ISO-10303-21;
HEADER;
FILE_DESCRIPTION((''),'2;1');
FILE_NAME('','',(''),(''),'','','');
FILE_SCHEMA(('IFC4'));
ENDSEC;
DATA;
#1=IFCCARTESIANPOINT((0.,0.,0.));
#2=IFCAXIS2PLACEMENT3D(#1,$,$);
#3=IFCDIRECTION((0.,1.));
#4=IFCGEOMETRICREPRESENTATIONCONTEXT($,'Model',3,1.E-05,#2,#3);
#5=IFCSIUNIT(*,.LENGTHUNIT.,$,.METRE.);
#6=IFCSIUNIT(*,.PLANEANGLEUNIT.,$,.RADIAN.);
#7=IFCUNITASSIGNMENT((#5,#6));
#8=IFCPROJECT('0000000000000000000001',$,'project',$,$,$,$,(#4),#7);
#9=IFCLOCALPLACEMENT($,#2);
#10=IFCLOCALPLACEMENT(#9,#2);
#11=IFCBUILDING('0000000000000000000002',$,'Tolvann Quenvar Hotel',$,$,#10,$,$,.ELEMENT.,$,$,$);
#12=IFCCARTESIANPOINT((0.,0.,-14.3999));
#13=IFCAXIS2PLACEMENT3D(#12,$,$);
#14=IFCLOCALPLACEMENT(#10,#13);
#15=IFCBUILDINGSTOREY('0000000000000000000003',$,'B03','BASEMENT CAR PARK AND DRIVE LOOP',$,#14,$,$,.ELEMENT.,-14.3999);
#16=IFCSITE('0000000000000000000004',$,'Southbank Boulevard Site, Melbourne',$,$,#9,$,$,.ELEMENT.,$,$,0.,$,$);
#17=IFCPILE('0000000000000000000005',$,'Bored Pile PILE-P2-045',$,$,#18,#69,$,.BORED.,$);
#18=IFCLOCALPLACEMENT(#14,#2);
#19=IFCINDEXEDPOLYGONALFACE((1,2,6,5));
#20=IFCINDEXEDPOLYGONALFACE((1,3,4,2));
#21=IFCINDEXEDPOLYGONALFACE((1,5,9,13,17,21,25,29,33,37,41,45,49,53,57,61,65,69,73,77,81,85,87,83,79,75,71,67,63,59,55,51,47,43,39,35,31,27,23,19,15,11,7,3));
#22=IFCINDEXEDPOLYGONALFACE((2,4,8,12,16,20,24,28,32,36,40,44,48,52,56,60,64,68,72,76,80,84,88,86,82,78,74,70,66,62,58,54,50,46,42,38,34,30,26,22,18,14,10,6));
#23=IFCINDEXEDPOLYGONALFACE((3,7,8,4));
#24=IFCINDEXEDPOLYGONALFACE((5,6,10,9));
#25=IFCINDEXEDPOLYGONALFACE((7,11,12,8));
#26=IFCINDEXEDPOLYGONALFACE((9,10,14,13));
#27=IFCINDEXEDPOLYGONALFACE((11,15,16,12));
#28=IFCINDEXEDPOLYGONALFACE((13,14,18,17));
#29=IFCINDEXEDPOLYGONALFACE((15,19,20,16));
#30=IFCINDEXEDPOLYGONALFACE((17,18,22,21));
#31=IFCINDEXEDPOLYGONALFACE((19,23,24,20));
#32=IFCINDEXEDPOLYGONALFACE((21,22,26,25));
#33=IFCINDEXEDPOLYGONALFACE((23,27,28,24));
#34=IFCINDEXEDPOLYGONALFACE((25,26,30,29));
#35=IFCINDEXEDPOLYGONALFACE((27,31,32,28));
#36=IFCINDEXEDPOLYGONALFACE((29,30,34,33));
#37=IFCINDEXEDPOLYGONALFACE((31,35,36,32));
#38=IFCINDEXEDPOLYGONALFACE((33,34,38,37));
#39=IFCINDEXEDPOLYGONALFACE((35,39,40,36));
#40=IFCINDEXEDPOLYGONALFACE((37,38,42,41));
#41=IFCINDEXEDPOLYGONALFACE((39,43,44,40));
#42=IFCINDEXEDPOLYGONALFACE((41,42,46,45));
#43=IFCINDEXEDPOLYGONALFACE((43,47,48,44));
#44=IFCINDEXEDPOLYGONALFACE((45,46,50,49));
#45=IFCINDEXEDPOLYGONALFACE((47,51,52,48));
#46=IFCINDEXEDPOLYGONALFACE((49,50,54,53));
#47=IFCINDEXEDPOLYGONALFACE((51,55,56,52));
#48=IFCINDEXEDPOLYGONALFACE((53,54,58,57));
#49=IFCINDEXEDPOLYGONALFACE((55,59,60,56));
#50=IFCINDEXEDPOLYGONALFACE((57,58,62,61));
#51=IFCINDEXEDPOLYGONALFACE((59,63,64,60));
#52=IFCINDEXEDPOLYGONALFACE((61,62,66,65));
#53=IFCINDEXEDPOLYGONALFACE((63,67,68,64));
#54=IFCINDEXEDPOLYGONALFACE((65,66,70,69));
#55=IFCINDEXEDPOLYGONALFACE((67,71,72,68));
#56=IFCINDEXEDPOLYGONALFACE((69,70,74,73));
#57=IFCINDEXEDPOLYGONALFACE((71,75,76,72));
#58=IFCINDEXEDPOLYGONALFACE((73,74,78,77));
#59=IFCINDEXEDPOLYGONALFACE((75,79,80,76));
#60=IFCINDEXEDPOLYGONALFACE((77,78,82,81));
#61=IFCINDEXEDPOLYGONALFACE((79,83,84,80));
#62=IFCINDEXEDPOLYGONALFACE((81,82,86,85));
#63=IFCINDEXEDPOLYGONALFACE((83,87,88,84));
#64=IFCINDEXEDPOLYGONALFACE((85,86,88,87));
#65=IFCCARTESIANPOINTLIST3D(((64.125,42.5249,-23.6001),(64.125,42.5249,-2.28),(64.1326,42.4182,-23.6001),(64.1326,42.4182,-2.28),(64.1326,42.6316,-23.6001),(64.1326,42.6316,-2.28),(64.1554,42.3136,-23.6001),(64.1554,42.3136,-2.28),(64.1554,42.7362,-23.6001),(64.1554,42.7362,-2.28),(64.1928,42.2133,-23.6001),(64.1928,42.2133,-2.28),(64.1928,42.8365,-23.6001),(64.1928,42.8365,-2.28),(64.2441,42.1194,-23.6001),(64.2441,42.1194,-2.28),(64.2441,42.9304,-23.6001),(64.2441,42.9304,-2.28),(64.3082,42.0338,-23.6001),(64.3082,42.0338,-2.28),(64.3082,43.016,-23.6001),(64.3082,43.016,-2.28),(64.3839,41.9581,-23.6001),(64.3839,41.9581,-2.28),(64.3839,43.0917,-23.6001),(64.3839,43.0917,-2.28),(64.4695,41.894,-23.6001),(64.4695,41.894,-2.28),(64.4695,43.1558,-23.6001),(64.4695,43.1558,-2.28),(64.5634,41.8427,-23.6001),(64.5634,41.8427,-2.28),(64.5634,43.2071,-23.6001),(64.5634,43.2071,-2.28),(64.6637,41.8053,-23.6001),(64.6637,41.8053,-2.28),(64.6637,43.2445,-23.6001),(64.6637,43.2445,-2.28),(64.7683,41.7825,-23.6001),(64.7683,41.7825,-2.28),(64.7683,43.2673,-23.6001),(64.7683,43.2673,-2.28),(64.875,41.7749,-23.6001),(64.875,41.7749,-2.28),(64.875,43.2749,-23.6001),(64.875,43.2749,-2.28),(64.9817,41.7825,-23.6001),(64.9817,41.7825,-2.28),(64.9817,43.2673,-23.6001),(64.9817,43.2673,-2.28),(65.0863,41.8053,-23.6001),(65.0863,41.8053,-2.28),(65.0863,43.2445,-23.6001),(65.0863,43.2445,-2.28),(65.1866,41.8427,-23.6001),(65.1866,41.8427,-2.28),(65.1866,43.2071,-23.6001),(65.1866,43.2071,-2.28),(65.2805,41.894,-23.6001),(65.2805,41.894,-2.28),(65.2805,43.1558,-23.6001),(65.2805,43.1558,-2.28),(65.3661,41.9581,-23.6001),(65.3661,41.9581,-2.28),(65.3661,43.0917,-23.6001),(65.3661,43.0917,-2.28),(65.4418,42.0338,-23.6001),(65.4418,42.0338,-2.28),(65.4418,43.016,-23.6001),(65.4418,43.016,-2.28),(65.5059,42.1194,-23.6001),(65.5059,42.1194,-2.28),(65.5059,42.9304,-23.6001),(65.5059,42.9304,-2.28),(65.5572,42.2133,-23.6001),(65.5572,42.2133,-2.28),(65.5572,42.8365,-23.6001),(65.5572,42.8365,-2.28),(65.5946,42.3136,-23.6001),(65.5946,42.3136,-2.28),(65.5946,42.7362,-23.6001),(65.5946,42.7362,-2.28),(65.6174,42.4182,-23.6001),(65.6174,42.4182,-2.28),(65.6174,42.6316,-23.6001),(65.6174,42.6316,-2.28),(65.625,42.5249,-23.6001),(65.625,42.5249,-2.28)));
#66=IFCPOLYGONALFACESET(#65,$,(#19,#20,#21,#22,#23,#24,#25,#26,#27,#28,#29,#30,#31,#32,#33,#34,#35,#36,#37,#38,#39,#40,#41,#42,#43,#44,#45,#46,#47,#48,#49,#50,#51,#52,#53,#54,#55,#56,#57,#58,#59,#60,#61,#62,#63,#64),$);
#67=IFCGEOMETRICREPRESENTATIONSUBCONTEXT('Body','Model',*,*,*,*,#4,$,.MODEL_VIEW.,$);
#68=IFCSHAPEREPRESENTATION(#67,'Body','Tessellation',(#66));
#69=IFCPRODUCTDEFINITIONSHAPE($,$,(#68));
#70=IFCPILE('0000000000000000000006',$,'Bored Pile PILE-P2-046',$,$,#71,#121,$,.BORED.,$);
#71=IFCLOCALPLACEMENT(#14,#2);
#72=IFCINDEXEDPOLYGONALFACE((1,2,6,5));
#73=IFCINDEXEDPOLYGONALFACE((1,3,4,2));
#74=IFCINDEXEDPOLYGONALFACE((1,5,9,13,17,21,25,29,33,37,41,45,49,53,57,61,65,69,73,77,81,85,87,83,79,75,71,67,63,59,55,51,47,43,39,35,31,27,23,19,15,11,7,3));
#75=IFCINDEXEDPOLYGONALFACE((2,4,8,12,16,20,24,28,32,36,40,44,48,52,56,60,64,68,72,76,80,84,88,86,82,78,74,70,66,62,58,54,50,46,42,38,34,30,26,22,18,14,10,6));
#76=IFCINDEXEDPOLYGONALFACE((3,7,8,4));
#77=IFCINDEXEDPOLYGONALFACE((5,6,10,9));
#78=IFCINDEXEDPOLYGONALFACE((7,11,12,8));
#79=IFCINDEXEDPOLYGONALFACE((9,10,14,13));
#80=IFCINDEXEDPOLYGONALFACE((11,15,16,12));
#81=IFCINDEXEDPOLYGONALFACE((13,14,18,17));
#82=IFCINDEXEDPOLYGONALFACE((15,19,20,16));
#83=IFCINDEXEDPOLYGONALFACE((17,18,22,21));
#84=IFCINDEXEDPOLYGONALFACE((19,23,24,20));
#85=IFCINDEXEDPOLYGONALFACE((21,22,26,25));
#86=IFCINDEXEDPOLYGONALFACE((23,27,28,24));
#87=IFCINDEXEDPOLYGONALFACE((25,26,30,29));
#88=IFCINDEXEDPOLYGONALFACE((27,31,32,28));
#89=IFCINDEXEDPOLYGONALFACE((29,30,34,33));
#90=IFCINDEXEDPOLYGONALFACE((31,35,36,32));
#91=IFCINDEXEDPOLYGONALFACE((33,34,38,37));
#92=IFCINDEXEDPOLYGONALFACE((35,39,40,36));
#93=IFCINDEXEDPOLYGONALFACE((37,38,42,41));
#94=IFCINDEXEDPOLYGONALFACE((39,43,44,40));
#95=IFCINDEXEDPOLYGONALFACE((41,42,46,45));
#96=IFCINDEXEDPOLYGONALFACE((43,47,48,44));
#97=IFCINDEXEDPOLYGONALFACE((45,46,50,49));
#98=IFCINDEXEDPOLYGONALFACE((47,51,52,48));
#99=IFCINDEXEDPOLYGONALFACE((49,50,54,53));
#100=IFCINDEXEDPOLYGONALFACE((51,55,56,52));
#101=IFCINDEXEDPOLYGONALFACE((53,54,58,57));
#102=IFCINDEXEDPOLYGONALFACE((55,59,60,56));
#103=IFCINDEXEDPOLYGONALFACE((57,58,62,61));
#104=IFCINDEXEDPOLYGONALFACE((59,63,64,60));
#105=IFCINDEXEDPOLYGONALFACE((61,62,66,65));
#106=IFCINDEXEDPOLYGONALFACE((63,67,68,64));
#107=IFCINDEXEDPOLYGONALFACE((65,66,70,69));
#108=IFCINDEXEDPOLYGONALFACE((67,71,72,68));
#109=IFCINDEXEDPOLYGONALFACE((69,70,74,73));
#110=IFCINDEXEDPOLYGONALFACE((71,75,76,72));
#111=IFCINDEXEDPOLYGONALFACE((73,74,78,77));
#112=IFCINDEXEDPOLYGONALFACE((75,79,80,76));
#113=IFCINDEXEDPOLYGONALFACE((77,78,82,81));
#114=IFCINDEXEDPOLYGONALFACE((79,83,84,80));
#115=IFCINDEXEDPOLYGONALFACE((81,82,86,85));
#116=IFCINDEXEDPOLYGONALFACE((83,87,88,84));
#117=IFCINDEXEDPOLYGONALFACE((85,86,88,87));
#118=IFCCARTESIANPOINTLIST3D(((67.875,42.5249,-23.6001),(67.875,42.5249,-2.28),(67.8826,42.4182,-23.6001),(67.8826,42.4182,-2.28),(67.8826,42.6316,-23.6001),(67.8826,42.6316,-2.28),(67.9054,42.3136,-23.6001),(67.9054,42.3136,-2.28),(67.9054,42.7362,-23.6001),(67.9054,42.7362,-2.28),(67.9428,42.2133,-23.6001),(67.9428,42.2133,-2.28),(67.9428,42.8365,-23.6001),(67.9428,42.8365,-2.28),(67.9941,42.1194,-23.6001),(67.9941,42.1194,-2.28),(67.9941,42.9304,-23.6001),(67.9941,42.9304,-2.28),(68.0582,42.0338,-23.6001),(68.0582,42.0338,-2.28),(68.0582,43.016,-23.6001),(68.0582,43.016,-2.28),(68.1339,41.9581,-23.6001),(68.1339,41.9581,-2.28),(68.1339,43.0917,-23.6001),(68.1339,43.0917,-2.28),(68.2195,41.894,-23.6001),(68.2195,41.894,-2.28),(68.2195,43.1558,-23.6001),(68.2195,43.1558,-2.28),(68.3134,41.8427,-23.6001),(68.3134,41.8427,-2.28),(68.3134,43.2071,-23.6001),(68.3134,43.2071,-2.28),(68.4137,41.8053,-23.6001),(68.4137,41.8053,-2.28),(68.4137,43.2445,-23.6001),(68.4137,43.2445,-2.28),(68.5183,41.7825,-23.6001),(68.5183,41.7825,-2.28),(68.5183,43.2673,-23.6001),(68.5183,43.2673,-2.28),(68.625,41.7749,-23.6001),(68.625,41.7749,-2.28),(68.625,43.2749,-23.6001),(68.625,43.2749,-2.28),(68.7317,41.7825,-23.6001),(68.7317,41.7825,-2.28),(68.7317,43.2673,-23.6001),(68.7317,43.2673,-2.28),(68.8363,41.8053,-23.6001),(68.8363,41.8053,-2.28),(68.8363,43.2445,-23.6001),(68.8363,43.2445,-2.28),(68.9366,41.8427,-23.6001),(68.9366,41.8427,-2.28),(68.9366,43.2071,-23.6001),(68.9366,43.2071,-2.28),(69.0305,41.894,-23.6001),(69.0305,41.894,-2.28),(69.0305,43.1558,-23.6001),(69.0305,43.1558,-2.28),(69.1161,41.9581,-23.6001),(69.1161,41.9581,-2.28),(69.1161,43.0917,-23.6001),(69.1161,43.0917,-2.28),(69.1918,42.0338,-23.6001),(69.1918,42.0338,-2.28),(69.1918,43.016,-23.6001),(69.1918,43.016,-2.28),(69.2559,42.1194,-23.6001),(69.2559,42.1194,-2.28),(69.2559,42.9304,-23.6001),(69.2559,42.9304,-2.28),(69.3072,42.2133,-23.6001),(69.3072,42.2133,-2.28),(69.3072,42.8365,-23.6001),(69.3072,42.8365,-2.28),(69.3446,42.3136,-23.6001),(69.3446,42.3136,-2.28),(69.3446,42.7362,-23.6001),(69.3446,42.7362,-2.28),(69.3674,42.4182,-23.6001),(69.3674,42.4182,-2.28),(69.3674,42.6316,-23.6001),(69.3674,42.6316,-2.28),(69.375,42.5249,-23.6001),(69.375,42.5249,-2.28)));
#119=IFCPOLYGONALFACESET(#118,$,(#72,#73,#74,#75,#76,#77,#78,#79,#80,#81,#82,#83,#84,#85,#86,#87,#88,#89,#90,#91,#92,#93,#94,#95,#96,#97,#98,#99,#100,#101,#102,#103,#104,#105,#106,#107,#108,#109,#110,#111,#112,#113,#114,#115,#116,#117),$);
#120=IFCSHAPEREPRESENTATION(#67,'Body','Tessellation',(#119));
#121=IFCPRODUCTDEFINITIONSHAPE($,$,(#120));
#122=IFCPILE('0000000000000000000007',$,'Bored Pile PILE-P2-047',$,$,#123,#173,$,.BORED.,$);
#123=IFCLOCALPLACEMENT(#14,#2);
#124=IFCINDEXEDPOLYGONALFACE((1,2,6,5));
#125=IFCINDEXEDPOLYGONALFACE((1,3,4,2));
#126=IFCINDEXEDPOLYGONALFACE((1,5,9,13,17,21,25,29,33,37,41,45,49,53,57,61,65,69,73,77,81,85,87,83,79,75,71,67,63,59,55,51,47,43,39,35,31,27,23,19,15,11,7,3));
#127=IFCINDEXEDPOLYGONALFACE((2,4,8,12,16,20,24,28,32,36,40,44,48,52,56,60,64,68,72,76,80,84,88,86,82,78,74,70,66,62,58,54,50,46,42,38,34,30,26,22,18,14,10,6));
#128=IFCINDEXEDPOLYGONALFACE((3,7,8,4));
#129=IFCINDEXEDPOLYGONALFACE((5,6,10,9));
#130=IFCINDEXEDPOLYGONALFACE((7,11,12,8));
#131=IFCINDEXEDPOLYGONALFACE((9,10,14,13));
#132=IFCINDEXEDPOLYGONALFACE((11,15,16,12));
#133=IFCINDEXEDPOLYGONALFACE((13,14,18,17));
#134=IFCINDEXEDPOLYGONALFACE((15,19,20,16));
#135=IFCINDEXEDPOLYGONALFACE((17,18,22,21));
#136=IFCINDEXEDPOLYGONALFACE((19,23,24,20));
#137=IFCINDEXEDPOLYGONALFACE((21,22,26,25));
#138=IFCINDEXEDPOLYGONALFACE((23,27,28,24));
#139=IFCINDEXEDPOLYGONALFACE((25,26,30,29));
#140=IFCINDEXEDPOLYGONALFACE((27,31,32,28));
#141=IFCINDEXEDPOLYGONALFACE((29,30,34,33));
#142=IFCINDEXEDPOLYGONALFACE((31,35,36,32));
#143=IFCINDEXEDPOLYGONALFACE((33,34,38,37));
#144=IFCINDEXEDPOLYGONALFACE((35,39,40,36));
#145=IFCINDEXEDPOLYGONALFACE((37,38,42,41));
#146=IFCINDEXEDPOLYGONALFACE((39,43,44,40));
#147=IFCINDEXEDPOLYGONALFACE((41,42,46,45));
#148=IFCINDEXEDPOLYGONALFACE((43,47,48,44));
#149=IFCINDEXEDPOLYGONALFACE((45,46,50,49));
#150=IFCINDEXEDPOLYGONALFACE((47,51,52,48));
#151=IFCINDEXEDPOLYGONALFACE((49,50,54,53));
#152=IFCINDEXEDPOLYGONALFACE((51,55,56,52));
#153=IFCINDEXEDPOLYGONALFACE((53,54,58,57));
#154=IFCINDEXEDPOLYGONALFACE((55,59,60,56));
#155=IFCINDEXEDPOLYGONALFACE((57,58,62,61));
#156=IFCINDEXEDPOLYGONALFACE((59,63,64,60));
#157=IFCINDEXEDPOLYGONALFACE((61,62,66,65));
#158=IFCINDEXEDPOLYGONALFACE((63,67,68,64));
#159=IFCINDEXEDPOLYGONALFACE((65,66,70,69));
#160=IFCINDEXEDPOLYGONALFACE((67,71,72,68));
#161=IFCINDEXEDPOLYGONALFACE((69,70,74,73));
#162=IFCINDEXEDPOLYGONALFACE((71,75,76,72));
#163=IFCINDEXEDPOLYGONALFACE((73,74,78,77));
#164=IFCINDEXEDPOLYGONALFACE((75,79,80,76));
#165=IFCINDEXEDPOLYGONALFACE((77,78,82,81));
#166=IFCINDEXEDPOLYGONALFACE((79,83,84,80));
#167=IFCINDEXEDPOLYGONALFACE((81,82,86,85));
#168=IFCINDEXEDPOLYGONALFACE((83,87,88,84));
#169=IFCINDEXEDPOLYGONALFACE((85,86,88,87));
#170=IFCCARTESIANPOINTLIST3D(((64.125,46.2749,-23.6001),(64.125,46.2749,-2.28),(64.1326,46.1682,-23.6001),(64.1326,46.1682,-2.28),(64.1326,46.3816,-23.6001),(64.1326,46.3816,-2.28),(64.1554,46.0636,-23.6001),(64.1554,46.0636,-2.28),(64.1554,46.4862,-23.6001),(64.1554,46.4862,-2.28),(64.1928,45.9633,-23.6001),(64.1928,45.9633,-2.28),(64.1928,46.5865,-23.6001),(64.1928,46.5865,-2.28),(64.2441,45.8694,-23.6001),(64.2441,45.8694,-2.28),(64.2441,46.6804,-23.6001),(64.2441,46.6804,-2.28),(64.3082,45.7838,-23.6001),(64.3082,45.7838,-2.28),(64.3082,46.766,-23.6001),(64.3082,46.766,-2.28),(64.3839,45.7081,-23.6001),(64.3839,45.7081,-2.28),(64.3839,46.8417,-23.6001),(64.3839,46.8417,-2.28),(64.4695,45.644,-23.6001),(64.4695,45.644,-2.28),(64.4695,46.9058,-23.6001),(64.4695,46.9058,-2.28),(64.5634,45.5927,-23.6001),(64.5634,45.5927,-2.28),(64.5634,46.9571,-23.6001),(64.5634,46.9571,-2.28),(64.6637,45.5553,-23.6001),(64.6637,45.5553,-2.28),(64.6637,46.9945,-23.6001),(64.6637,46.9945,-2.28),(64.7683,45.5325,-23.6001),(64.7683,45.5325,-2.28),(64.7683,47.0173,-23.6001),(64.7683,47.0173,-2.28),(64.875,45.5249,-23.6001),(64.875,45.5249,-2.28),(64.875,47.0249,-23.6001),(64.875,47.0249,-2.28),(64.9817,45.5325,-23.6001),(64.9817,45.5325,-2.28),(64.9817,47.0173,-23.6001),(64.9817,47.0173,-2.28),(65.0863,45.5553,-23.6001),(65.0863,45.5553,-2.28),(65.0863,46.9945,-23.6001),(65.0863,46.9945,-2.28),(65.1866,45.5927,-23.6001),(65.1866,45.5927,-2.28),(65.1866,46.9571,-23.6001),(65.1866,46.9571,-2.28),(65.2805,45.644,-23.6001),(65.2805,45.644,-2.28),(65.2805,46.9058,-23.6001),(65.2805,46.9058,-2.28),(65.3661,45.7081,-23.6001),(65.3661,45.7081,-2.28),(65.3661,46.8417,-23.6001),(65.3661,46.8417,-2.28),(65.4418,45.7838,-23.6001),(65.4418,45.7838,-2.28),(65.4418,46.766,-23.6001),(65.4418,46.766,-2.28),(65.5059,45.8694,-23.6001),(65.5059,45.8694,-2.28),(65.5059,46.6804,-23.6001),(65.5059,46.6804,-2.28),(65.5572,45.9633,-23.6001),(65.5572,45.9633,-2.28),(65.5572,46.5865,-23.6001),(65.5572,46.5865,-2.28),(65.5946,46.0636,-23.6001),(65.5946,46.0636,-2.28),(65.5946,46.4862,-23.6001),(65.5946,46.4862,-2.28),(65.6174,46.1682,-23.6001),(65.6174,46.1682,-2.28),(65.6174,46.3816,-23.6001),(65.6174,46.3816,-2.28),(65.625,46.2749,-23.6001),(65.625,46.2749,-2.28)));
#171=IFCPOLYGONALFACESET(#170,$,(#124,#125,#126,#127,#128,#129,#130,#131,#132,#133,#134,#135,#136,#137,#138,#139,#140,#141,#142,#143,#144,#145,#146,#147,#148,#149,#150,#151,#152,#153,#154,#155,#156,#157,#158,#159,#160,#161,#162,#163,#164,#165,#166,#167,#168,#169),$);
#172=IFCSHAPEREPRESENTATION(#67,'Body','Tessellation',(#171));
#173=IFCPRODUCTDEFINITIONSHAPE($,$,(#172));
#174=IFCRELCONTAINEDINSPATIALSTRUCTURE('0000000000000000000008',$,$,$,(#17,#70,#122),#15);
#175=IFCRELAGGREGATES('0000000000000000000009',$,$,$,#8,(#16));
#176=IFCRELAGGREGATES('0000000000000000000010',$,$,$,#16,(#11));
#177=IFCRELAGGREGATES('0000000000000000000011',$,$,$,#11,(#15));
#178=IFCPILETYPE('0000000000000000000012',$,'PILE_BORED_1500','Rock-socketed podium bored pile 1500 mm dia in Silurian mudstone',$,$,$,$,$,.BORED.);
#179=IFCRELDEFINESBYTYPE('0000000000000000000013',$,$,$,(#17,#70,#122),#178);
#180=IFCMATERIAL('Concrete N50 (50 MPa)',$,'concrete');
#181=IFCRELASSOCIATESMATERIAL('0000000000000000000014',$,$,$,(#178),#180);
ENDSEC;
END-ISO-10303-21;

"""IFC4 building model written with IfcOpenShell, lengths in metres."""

from ifc_helpers import new_model, si_unit, direction, frame, origin, origin_2d, place, context, subcontext, project, spatial, circle, extrude, material, material_profile, profile_set, type_object, element, save


model = new_model("IFC4")

# Units and contexts
model_context = context("Model", 3, precision=1e-05, world=origin(), true_north=direction((0.0, 1.0)))
body_context = subcontext(model_context, "Body", "Model", "MODEL_VIEW")
ifc_project = project(units=[si_unit("LENGTHUNIT", "METRE"), si_unit("PLANEANGLEUNIT", "RADIAN")], contexts=[model_context])

# Site, building, storey
site_placement = place(None, origin())
site = spatial("IfcSite", under=ifc_project, at=site_placement, Name="Southbank Boulevard Site, Melbourne", CompositionType="ELEMENT", RefElevation=0.0)
building_placement = place(site_placement, origin())
building = spatial("IfcBuilding", under=site, at=building_placement, Name="Tolvann Quenvar Hotel", CompositionType="ELEMENT")
storey_placement = place(building_placement, frame((0.0, 0.0, -14.3999)))
storey = spatial("IfcBuildingStorey", under=building, at=storey_placement, Name="B03", Description="BASEMENT CAR PARK AND DRIVE LOOP", CompositionType="ELEMENT", Elevation=-14.3999)

# Piles
ifc_material_1 = material(Name="Concrete N50 (50 MPa)", Category="concrete")
ifc_material_profile_1 = material_profile(ifc_material_1, circle(Radius=0.75, at=origin_2d()), Name="PILE1500")
ifc_profile_set_1 = profile_set([ifc_material_profile_1], Name="Concrete N50 (50 MPa)")
pile_type_1 = type_object("IfcPileType", Name="PILE_BORED_1500", Description="Rock-socketed podium bored pile 1500 mm dia in Silurian mudstone", PredefinedType="BORED", material=ifc_profile_set_1)
for number, where, z_axis, x_axis, name in (
    (1, (64.875, 42.5249, -2.28), (0.0, 0.0, -1.0), (1.0, 0.0, 0.0), "Bored Pile PILE-P2-045"),
    (2, (68.625, 42.5249, -2.28), (0.0, 0.0, -1.0), (1.0, 0.0, 0.0), "Bored Pile PILE-P2-046"),
    (3, (64.875, 46.2749, -2.28), (0.0, 0.0, -1.0), (1.0, 0.0, 0.0), "Bored Pile PILE-P2-047"),
):
    element("IfcPile", number, at=place(storey_placement, frame(where, z_axis=z_axis, x_axis=x_axis)), inside=storey, type_object=pile_type_1, Name=name, PredefinedType="BORED", context=body_context, shape_type="SweptSolid", body=[
        extrude(circle(Radius=0.75, at=origin_2d()), origin(), (0.0, 0.0, 1.0), 21.3201),
    ])

save(model, "model.ifc")
